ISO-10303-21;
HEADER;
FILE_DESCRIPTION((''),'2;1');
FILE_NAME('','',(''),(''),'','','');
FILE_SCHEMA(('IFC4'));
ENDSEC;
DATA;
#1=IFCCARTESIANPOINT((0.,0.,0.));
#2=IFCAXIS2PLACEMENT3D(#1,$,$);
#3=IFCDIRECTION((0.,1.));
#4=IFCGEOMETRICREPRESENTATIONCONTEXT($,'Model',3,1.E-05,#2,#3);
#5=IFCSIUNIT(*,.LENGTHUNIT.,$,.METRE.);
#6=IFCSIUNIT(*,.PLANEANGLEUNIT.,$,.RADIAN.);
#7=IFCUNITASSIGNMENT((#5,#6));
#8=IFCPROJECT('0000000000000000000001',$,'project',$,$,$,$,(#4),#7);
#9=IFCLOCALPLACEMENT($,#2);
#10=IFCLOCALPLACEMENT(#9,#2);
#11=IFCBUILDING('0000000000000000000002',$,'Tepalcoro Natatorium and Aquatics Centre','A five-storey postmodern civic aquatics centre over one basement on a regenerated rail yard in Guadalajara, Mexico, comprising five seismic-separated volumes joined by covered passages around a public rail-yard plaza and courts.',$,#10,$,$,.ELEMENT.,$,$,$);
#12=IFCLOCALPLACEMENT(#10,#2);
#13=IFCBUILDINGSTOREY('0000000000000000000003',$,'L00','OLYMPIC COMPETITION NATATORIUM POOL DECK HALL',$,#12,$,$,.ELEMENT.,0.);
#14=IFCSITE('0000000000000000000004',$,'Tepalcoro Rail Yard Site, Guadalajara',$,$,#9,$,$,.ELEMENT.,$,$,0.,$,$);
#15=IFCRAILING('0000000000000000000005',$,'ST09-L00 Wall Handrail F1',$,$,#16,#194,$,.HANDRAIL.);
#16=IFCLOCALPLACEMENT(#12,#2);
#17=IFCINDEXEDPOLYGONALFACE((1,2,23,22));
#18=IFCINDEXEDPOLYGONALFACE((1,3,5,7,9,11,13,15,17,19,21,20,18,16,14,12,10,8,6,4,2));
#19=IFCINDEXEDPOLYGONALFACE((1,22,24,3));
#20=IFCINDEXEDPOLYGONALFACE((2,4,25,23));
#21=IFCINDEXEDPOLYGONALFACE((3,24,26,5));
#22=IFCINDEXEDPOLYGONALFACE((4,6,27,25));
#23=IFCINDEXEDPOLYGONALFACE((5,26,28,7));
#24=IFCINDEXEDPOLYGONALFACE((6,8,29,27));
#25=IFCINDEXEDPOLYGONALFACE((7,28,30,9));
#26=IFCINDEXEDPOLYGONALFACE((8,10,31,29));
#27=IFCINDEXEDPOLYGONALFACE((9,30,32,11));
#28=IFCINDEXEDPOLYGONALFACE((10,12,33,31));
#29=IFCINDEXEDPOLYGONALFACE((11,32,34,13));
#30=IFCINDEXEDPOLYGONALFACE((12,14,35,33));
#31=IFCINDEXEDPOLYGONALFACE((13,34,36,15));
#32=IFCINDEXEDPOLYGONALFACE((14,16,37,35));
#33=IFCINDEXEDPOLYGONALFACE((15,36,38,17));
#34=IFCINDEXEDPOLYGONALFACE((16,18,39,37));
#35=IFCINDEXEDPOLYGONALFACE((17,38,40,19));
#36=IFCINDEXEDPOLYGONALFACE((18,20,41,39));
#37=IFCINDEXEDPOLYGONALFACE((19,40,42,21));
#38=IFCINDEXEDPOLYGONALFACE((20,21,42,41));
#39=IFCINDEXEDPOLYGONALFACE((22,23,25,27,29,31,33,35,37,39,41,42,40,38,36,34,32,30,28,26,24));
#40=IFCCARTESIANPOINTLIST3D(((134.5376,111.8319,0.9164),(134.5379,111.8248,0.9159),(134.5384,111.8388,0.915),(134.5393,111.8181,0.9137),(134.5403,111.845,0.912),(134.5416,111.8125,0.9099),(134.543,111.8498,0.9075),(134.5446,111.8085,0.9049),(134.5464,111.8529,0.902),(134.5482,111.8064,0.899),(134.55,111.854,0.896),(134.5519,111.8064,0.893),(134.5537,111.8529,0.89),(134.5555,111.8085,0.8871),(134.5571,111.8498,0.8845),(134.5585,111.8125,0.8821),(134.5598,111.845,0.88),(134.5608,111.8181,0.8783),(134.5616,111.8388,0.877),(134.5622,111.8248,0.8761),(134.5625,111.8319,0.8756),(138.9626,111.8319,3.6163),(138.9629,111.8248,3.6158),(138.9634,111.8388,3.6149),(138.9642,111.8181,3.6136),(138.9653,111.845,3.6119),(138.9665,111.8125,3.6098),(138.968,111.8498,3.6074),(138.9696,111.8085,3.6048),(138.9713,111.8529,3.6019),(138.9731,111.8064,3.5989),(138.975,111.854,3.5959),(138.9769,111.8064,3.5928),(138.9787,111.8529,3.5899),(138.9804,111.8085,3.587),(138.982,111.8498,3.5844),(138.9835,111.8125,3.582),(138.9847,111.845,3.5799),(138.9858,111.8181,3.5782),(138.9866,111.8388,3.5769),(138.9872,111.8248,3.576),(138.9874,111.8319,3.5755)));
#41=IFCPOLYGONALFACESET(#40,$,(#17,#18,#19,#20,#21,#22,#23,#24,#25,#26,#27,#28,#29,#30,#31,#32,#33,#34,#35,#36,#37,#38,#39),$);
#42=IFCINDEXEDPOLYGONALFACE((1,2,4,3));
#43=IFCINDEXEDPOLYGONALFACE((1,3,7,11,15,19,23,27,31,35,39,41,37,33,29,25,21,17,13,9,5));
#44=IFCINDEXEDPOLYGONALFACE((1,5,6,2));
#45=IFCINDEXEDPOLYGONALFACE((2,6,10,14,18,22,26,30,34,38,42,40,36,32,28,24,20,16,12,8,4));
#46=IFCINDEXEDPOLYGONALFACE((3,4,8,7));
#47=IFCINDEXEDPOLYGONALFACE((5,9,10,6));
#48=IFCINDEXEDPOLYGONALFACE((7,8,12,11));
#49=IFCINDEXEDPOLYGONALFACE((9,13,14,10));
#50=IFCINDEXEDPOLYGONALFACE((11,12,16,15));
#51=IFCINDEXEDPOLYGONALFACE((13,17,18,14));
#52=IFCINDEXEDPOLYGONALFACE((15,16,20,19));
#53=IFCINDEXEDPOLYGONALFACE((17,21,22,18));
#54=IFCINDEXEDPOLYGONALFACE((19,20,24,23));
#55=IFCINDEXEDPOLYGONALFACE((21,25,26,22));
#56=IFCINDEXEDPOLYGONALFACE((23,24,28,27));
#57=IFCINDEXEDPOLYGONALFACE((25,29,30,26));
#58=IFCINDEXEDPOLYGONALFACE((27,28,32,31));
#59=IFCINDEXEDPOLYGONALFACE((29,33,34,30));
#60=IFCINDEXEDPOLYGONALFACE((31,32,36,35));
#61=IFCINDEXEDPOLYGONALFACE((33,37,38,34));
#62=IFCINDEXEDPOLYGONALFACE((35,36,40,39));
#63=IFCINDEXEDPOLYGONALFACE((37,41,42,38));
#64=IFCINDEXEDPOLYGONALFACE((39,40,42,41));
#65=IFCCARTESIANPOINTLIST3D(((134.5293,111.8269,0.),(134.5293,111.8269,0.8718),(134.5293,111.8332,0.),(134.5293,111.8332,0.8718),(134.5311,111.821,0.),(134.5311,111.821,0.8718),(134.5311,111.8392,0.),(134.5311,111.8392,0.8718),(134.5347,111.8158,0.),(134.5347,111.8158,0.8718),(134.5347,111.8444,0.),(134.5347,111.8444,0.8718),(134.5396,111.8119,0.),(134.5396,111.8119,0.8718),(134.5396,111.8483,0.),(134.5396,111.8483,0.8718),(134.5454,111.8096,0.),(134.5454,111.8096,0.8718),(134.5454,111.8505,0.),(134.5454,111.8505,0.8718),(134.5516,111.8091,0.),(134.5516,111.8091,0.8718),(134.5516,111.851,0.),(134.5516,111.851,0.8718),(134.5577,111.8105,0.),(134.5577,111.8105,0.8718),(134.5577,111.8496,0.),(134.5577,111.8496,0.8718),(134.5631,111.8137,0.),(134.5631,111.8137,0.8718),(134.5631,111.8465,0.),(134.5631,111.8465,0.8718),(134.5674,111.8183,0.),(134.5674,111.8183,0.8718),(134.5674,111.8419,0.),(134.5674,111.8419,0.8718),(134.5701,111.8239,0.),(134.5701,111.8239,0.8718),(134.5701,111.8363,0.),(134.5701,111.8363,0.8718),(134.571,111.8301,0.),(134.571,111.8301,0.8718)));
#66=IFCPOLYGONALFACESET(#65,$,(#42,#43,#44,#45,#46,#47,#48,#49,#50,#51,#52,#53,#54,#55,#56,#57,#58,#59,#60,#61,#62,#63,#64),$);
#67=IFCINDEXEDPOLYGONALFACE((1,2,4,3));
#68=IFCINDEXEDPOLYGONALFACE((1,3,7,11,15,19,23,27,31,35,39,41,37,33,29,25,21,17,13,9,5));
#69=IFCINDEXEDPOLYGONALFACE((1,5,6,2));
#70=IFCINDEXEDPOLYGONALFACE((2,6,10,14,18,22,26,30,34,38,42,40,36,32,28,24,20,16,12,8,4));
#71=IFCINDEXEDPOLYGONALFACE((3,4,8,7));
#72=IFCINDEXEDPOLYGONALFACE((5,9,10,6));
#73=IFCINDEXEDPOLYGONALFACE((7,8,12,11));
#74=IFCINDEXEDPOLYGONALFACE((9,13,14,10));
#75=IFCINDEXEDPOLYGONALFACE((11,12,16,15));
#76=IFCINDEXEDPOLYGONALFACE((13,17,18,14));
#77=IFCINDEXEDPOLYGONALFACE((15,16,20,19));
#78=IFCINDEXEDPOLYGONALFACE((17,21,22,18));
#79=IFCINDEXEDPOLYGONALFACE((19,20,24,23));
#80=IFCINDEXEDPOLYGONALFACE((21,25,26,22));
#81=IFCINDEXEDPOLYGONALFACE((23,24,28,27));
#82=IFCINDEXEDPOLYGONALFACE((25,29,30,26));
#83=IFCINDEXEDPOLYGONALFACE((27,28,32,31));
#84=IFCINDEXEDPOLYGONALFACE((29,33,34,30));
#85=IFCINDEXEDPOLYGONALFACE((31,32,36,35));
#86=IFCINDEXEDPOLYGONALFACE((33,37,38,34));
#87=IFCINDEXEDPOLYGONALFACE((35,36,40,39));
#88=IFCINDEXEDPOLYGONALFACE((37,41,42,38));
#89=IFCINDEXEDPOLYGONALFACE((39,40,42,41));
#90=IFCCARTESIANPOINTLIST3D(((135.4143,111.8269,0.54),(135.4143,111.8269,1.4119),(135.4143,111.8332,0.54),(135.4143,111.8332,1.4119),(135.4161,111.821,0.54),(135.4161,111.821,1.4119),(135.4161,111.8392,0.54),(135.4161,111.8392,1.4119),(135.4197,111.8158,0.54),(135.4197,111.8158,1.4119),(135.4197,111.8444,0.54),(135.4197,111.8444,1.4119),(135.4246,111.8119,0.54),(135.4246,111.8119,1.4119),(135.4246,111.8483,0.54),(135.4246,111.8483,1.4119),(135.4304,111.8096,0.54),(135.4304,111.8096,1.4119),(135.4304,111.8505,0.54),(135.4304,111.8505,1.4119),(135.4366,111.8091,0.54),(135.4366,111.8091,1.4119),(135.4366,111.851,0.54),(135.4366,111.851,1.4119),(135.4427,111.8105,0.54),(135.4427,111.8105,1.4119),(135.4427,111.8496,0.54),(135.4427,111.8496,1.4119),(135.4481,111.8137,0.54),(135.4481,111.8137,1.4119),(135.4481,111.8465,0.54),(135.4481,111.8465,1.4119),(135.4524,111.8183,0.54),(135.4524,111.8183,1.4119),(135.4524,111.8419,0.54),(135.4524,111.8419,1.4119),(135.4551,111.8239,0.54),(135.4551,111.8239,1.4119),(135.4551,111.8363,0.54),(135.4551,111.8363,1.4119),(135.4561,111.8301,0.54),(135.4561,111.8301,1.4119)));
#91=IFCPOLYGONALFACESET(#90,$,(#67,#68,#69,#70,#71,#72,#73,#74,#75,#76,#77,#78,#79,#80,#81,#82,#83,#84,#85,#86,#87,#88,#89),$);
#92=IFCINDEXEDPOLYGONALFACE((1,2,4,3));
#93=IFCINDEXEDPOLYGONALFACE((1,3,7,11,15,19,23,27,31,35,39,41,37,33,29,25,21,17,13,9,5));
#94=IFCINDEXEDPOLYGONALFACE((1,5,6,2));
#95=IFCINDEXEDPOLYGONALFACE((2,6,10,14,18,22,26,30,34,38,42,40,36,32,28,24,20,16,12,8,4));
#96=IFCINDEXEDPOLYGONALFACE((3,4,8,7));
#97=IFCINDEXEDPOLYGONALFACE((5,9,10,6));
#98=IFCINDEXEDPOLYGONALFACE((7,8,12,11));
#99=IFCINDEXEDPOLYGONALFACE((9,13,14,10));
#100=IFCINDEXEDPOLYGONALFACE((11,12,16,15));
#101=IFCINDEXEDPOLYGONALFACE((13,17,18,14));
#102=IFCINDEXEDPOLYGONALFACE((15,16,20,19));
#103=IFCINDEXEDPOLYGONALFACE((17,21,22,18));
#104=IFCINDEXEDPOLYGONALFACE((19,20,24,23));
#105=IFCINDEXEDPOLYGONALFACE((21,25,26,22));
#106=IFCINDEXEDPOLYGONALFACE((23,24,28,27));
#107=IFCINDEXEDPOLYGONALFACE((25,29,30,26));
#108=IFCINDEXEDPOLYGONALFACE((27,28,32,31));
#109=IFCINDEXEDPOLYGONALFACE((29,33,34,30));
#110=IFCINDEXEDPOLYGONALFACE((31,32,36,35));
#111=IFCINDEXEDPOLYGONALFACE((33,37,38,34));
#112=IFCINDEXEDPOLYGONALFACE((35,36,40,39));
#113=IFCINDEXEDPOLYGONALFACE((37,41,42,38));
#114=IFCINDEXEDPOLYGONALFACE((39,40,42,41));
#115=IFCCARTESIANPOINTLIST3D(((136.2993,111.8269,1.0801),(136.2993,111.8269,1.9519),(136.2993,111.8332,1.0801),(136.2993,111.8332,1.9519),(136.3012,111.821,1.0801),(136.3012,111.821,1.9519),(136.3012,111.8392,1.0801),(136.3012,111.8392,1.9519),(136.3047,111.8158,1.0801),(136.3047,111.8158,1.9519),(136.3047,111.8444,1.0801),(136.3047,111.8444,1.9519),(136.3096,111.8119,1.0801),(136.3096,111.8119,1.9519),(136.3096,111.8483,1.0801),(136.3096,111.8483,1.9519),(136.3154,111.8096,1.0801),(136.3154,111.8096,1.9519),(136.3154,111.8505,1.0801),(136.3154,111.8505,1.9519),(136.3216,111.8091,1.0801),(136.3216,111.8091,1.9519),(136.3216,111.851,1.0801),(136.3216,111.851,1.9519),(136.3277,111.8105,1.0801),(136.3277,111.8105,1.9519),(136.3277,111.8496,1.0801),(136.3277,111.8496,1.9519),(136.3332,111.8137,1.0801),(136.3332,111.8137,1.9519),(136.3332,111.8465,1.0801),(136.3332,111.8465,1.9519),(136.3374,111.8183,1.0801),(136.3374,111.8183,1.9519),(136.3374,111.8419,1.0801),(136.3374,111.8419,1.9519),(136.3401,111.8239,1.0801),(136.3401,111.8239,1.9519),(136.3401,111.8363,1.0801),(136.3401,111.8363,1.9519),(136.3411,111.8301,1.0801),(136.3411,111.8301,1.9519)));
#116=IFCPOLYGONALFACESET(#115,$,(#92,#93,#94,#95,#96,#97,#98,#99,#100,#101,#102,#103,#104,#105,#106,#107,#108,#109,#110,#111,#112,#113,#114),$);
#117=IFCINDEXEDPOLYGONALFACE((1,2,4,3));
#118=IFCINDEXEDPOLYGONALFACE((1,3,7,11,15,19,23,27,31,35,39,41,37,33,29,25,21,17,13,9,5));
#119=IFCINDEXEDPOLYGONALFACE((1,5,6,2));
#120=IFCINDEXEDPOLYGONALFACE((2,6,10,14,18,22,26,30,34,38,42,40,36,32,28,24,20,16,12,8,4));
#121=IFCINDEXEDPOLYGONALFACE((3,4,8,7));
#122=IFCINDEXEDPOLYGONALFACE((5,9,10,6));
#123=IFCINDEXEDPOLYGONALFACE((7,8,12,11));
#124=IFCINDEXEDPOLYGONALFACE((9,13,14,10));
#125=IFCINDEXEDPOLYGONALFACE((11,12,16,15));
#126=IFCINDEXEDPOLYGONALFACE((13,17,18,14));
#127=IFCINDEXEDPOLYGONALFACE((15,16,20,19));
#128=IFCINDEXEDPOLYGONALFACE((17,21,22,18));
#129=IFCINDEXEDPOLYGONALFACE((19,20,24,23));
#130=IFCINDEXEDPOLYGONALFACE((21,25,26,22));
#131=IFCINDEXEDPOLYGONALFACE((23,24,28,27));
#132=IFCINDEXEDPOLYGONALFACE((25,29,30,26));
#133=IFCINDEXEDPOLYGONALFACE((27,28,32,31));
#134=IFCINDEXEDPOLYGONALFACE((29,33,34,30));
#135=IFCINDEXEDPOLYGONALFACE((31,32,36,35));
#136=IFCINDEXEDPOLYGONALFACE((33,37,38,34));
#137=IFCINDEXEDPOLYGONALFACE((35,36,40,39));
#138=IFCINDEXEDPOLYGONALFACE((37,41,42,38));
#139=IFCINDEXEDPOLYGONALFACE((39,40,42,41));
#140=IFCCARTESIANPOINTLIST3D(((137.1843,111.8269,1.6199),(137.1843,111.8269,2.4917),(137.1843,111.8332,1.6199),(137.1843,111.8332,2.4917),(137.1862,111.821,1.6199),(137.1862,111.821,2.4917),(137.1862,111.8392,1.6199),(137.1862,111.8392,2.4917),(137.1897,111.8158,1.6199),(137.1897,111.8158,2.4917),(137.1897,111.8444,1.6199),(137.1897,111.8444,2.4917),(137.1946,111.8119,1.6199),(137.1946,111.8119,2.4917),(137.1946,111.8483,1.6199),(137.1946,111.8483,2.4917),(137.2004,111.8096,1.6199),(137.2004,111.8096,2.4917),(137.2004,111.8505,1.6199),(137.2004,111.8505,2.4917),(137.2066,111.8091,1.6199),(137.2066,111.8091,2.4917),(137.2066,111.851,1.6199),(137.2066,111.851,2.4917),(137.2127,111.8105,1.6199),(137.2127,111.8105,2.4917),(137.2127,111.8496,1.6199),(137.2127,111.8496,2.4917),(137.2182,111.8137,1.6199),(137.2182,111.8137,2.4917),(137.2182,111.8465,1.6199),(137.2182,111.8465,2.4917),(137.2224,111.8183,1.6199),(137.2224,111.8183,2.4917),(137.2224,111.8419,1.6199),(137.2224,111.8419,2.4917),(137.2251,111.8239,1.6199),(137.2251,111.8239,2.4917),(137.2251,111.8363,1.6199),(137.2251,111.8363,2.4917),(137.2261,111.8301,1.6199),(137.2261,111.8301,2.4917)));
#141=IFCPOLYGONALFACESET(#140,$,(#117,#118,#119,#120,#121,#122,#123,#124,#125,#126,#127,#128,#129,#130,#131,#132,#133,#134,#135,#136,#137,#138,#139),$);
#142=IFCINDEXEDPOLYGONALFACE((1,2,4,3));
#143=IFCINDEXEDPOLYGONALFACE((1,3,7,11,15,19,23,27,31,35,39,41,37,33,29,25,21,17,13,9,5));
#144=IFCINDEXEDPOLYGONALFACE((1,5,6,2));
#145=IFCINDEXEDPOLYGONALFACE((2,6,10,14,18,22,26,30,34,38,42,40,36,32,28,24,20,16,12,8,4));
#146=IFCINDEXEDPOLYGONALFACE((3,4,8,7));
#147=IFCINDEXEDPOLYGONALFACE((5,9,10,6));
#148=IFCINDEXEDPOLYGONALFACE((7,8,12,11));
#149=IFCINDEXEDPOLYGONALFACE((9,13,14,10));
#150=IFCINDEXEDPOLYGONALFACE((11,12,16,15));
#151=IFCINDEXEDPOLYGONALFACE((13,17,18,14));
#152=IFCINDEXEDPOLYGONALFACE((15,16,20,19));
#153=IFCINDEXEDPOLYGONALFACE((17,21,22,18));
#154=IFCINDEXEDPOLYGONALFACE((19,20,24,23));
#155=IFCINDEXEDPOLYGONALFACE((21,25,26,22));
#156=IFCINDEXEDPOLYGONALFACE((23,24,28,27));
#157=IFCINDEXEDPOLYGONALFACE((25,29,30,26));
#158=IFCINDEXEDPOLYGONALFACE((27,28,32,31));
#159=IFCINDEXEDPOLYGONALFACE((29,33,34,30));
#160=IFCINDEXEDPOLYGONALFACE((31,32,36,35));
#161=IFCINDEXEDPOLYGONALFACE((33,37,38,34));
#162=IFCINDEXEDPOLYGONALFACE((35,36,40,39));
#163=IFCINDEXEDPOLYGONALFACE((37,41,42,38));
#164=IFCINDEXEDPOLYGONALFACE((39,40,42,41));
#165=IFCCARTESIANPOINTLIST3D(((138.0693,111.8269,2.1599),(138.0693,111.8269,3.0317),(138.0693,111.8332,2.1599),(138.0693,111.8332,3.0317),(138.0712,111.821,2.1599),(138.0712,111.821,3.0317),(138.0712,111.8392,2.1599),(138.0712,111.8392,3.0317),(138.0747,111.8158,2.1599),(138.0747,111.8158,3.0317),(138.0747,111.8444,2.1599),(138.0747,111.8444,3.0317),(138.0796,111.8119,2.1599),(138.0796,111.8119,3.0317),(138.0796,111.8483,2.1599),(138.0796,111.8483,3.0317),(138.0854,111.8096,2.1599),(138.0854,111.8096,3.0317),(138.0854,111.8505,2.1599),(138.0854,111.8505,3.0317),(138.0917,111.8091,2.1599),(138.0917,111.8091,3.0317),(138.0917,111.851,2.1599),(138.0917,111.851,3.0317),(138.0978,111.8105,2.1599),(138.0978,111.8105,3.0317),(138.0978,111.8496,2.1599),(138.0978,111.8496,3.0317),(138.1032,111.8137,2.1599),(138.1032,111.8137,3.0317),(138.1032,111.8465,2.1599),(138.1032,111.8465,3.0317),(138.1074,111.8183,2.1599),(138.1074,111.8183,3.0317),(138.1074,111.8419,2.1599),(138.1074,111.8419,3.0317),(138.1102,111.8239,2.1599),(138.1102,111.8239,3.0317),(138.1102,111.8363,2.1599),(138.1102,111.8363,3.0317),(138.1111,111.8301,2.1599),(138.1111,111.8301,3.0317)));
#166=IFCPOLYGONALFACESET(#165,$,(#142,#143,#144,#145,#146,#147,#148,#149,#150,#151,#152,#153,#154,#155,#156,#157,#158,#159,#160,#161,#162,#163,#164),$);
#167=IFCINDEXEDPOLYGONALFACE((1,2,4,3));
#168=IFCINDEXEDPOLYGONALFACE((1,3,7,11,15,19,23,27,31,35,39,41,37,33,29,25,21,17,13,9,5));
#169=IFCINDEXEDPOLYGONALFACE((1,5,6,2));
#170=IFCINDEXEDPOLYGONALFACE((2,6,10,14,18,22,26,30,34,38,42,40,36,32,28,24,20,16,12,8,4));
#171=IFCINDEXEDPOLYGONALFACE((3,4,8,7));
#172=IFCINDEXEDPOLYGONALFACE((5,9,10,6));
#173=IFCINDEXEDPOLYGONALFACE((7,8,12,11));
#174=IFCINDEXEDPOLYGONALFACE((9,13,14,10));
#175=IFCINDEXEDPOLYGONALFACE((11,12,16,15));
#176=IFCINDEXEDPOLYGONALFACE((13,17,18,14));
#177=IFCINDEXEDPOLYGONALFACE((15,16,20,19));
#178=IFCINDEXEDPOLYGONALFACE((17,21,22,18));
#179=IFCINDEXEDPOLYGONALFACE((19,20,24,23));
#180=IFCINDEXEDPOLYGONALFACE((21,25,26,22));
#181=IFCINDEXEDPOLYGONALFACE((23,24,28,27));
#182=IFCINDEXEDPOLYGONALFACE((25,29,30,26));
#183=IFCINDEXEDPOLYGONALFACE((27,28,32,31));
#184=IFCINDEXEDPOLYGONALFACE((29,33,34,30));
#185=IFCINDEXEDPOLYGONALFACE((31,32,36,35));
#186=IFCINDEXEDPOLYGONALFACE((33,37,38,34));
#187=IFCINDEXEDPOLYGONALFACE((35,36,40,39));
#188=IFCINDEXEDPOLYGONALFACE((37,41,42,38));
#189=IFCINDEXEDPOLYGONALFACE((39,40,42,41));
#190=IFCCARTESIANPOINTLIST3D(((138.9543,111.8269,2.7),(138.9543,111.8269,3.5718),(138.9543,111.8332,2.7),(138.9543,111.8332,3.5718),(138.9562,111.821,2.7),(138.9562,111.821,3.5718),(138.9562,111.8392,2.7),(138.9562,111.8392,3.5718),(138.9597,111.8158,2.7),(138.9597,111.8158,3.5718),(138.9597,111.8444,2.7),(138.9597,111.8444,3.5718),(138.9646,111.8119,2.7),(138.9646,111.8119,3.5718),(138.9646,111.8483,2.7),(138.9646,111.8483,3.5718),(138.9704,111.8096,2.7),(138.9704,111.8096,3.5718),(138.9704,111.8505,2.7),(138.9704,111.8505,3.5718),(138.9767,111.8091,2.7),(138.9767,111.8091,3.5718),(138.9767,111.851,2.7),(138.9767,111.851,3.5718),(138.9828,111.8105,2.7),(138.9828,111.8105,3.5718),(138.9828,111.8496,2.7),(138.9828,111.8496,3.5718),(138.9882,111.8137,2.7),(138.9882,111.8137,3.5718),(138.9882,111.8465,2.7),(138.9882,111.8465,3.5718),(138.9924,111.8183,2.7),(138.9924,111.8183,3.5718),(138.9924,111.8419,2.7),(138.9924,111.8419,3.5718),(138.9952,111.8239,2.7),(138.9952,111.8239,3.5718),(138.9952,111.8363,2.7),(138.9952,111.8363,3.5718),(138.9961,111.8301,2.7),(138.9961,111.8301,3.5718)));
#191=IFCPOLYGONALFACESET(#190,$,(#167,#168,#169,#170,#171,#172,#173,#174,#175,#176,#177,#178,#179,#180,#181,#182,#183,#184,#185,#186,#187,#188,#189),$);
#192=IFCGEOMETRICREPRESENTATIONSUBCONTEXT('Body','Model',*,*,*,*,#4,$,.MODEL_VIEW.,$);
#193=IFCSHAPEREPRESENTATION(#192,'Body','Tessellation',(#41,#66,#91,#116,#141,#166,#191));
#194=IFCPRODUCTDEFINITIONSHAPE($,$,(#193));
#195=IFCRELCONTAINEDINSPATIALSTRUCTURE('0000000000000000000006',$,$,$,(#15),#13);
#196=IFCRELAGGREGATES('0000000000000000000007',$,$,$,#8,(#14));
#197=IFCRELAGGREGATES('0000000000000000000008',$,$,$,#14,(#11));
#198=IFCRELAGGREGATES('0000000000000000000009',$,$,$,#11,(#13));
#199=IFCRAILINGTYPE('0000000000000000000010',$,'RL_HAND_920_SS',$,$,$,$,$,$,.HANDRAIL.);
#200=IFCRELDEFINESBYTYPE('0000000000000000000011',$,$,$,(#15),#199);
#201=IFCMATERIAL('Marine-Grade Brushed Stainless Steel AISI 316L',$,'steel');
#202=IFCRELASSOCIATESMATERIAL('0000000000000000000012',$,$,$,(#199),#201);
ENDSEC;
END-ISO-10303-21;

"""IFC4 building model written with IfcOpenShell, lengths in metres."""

from ifc_helpers import new_model, si_unit, direction, frame, origin, origin_2d, place, context, subcontext, project, spatial, circle, extrude, material, type_object, element, save


model = new_model("IFC4")

# Units and contexts
model_context = context("Model", 3, precision=1e-05, world=origin(), true_north=direction((0.0, 1.0)))
body_context = subcontext(model_context, "Body", "Model", "MODEL_VIEW")
ifc_project = project(units=[si_unit("LENGTHUNIT", "METRE"), si_unit("PLANEANGLEUNIT", "RADIAN")], contexts=[model_context])

# Site, building, storey
site_placement = place(None, origin())
site = spatial("IfcSite", under=ifc_project, at=site_placement, Name="Tepalcoro Rail Yard Site, Guadalajara", CompositionType="ELEMENT", RefElevation=0.0)
building_placement = place(site_placement, origin())
building = spatial("IfcBuilding", under=site, at=building_placement, Name="Tepalcoro Natatorium and Aquatics Centre", Description="A five-storey postmodern civic aquatics centre over one basement on a regenerated rail yard in Guadalajara, Mexico, comprising five seismic-separated volumes joined by covered passages around a public rail-yard plaza and courts.", CompositionType="ELEMENT")
storey_placement = place(building_placement, origin())
storey = spatial("IfcBuildingStorey", under=building, at=storey_placement, Name="L00", Description="OLYMPIC COMPETITION NATATORIUM POOL DECK HALL", CompositionType="ELEMENT", Elevation=0.0)

# Railing
ifc_material_1 = material(Name="Marine-Grade Brushed Stainless Steel AISI 316L", Category="steel")
railing_type_1 = type_object("IfcRailingType", Name="RL_HAND_920_SS", PredefinedType="HANDRAIL", material=ifc_material_1)
railing_1_placement = place(storey_placement, frame((134.55, 111.8301, 0.0)))
element("IfcRailing", 1, at=railing_1_placement, inside=storey, type_object=railing_type_1, Name="ST09-L00 Wall Handrail F1", PredefinedType="HANDRAIL", context=body_context, shape_type="SweptSolid", body=[
    extrude(circle(Radius=0.0239, at=origin_2d()), frame((0.0, 0.0, 0.896), z_axis=(0.853646, 0.0, 0.520854), x_axis=(0.0, 1.0, 0.0)), (0.0, 0.0, 1.0), 5.1836),
    extrude(circle(Radius=0.021, at=origin_2d()), origin(), (0.0, 0.0, 1.0), 0.8718),
    extrude(circle(Radius=0.021, at=origin_2d()), frame((0.885, 0.0, 0.54)), (0.0, 0.0, 1.0), 0.8718),
    extrude(circle(Radius=0.021, at=origin_2d()), frame((1.77, 0.0, 1.0801)), (0.0, 0.0, 1.0), 0.8718),
    extrude(circle(Radius=0.021, at=origin_2d()), frame((2.655, 0.0, 1.6199)), (0.0, 0.0, 1.0), 0.8718),
    extrude(circle(Radius=0.021, at=origin_2d()), frame((3.54, 0.0, 2.1599)), (0.0, 0.0, 1.0), 0.8718),
    extrude(circle(Radius=0.021, at=origin_2d()), frame((4.425, 0.0, 2.7)), (0.0, 0.0, 1.0), 0.8718),
])

save(model, "model.ifc")
